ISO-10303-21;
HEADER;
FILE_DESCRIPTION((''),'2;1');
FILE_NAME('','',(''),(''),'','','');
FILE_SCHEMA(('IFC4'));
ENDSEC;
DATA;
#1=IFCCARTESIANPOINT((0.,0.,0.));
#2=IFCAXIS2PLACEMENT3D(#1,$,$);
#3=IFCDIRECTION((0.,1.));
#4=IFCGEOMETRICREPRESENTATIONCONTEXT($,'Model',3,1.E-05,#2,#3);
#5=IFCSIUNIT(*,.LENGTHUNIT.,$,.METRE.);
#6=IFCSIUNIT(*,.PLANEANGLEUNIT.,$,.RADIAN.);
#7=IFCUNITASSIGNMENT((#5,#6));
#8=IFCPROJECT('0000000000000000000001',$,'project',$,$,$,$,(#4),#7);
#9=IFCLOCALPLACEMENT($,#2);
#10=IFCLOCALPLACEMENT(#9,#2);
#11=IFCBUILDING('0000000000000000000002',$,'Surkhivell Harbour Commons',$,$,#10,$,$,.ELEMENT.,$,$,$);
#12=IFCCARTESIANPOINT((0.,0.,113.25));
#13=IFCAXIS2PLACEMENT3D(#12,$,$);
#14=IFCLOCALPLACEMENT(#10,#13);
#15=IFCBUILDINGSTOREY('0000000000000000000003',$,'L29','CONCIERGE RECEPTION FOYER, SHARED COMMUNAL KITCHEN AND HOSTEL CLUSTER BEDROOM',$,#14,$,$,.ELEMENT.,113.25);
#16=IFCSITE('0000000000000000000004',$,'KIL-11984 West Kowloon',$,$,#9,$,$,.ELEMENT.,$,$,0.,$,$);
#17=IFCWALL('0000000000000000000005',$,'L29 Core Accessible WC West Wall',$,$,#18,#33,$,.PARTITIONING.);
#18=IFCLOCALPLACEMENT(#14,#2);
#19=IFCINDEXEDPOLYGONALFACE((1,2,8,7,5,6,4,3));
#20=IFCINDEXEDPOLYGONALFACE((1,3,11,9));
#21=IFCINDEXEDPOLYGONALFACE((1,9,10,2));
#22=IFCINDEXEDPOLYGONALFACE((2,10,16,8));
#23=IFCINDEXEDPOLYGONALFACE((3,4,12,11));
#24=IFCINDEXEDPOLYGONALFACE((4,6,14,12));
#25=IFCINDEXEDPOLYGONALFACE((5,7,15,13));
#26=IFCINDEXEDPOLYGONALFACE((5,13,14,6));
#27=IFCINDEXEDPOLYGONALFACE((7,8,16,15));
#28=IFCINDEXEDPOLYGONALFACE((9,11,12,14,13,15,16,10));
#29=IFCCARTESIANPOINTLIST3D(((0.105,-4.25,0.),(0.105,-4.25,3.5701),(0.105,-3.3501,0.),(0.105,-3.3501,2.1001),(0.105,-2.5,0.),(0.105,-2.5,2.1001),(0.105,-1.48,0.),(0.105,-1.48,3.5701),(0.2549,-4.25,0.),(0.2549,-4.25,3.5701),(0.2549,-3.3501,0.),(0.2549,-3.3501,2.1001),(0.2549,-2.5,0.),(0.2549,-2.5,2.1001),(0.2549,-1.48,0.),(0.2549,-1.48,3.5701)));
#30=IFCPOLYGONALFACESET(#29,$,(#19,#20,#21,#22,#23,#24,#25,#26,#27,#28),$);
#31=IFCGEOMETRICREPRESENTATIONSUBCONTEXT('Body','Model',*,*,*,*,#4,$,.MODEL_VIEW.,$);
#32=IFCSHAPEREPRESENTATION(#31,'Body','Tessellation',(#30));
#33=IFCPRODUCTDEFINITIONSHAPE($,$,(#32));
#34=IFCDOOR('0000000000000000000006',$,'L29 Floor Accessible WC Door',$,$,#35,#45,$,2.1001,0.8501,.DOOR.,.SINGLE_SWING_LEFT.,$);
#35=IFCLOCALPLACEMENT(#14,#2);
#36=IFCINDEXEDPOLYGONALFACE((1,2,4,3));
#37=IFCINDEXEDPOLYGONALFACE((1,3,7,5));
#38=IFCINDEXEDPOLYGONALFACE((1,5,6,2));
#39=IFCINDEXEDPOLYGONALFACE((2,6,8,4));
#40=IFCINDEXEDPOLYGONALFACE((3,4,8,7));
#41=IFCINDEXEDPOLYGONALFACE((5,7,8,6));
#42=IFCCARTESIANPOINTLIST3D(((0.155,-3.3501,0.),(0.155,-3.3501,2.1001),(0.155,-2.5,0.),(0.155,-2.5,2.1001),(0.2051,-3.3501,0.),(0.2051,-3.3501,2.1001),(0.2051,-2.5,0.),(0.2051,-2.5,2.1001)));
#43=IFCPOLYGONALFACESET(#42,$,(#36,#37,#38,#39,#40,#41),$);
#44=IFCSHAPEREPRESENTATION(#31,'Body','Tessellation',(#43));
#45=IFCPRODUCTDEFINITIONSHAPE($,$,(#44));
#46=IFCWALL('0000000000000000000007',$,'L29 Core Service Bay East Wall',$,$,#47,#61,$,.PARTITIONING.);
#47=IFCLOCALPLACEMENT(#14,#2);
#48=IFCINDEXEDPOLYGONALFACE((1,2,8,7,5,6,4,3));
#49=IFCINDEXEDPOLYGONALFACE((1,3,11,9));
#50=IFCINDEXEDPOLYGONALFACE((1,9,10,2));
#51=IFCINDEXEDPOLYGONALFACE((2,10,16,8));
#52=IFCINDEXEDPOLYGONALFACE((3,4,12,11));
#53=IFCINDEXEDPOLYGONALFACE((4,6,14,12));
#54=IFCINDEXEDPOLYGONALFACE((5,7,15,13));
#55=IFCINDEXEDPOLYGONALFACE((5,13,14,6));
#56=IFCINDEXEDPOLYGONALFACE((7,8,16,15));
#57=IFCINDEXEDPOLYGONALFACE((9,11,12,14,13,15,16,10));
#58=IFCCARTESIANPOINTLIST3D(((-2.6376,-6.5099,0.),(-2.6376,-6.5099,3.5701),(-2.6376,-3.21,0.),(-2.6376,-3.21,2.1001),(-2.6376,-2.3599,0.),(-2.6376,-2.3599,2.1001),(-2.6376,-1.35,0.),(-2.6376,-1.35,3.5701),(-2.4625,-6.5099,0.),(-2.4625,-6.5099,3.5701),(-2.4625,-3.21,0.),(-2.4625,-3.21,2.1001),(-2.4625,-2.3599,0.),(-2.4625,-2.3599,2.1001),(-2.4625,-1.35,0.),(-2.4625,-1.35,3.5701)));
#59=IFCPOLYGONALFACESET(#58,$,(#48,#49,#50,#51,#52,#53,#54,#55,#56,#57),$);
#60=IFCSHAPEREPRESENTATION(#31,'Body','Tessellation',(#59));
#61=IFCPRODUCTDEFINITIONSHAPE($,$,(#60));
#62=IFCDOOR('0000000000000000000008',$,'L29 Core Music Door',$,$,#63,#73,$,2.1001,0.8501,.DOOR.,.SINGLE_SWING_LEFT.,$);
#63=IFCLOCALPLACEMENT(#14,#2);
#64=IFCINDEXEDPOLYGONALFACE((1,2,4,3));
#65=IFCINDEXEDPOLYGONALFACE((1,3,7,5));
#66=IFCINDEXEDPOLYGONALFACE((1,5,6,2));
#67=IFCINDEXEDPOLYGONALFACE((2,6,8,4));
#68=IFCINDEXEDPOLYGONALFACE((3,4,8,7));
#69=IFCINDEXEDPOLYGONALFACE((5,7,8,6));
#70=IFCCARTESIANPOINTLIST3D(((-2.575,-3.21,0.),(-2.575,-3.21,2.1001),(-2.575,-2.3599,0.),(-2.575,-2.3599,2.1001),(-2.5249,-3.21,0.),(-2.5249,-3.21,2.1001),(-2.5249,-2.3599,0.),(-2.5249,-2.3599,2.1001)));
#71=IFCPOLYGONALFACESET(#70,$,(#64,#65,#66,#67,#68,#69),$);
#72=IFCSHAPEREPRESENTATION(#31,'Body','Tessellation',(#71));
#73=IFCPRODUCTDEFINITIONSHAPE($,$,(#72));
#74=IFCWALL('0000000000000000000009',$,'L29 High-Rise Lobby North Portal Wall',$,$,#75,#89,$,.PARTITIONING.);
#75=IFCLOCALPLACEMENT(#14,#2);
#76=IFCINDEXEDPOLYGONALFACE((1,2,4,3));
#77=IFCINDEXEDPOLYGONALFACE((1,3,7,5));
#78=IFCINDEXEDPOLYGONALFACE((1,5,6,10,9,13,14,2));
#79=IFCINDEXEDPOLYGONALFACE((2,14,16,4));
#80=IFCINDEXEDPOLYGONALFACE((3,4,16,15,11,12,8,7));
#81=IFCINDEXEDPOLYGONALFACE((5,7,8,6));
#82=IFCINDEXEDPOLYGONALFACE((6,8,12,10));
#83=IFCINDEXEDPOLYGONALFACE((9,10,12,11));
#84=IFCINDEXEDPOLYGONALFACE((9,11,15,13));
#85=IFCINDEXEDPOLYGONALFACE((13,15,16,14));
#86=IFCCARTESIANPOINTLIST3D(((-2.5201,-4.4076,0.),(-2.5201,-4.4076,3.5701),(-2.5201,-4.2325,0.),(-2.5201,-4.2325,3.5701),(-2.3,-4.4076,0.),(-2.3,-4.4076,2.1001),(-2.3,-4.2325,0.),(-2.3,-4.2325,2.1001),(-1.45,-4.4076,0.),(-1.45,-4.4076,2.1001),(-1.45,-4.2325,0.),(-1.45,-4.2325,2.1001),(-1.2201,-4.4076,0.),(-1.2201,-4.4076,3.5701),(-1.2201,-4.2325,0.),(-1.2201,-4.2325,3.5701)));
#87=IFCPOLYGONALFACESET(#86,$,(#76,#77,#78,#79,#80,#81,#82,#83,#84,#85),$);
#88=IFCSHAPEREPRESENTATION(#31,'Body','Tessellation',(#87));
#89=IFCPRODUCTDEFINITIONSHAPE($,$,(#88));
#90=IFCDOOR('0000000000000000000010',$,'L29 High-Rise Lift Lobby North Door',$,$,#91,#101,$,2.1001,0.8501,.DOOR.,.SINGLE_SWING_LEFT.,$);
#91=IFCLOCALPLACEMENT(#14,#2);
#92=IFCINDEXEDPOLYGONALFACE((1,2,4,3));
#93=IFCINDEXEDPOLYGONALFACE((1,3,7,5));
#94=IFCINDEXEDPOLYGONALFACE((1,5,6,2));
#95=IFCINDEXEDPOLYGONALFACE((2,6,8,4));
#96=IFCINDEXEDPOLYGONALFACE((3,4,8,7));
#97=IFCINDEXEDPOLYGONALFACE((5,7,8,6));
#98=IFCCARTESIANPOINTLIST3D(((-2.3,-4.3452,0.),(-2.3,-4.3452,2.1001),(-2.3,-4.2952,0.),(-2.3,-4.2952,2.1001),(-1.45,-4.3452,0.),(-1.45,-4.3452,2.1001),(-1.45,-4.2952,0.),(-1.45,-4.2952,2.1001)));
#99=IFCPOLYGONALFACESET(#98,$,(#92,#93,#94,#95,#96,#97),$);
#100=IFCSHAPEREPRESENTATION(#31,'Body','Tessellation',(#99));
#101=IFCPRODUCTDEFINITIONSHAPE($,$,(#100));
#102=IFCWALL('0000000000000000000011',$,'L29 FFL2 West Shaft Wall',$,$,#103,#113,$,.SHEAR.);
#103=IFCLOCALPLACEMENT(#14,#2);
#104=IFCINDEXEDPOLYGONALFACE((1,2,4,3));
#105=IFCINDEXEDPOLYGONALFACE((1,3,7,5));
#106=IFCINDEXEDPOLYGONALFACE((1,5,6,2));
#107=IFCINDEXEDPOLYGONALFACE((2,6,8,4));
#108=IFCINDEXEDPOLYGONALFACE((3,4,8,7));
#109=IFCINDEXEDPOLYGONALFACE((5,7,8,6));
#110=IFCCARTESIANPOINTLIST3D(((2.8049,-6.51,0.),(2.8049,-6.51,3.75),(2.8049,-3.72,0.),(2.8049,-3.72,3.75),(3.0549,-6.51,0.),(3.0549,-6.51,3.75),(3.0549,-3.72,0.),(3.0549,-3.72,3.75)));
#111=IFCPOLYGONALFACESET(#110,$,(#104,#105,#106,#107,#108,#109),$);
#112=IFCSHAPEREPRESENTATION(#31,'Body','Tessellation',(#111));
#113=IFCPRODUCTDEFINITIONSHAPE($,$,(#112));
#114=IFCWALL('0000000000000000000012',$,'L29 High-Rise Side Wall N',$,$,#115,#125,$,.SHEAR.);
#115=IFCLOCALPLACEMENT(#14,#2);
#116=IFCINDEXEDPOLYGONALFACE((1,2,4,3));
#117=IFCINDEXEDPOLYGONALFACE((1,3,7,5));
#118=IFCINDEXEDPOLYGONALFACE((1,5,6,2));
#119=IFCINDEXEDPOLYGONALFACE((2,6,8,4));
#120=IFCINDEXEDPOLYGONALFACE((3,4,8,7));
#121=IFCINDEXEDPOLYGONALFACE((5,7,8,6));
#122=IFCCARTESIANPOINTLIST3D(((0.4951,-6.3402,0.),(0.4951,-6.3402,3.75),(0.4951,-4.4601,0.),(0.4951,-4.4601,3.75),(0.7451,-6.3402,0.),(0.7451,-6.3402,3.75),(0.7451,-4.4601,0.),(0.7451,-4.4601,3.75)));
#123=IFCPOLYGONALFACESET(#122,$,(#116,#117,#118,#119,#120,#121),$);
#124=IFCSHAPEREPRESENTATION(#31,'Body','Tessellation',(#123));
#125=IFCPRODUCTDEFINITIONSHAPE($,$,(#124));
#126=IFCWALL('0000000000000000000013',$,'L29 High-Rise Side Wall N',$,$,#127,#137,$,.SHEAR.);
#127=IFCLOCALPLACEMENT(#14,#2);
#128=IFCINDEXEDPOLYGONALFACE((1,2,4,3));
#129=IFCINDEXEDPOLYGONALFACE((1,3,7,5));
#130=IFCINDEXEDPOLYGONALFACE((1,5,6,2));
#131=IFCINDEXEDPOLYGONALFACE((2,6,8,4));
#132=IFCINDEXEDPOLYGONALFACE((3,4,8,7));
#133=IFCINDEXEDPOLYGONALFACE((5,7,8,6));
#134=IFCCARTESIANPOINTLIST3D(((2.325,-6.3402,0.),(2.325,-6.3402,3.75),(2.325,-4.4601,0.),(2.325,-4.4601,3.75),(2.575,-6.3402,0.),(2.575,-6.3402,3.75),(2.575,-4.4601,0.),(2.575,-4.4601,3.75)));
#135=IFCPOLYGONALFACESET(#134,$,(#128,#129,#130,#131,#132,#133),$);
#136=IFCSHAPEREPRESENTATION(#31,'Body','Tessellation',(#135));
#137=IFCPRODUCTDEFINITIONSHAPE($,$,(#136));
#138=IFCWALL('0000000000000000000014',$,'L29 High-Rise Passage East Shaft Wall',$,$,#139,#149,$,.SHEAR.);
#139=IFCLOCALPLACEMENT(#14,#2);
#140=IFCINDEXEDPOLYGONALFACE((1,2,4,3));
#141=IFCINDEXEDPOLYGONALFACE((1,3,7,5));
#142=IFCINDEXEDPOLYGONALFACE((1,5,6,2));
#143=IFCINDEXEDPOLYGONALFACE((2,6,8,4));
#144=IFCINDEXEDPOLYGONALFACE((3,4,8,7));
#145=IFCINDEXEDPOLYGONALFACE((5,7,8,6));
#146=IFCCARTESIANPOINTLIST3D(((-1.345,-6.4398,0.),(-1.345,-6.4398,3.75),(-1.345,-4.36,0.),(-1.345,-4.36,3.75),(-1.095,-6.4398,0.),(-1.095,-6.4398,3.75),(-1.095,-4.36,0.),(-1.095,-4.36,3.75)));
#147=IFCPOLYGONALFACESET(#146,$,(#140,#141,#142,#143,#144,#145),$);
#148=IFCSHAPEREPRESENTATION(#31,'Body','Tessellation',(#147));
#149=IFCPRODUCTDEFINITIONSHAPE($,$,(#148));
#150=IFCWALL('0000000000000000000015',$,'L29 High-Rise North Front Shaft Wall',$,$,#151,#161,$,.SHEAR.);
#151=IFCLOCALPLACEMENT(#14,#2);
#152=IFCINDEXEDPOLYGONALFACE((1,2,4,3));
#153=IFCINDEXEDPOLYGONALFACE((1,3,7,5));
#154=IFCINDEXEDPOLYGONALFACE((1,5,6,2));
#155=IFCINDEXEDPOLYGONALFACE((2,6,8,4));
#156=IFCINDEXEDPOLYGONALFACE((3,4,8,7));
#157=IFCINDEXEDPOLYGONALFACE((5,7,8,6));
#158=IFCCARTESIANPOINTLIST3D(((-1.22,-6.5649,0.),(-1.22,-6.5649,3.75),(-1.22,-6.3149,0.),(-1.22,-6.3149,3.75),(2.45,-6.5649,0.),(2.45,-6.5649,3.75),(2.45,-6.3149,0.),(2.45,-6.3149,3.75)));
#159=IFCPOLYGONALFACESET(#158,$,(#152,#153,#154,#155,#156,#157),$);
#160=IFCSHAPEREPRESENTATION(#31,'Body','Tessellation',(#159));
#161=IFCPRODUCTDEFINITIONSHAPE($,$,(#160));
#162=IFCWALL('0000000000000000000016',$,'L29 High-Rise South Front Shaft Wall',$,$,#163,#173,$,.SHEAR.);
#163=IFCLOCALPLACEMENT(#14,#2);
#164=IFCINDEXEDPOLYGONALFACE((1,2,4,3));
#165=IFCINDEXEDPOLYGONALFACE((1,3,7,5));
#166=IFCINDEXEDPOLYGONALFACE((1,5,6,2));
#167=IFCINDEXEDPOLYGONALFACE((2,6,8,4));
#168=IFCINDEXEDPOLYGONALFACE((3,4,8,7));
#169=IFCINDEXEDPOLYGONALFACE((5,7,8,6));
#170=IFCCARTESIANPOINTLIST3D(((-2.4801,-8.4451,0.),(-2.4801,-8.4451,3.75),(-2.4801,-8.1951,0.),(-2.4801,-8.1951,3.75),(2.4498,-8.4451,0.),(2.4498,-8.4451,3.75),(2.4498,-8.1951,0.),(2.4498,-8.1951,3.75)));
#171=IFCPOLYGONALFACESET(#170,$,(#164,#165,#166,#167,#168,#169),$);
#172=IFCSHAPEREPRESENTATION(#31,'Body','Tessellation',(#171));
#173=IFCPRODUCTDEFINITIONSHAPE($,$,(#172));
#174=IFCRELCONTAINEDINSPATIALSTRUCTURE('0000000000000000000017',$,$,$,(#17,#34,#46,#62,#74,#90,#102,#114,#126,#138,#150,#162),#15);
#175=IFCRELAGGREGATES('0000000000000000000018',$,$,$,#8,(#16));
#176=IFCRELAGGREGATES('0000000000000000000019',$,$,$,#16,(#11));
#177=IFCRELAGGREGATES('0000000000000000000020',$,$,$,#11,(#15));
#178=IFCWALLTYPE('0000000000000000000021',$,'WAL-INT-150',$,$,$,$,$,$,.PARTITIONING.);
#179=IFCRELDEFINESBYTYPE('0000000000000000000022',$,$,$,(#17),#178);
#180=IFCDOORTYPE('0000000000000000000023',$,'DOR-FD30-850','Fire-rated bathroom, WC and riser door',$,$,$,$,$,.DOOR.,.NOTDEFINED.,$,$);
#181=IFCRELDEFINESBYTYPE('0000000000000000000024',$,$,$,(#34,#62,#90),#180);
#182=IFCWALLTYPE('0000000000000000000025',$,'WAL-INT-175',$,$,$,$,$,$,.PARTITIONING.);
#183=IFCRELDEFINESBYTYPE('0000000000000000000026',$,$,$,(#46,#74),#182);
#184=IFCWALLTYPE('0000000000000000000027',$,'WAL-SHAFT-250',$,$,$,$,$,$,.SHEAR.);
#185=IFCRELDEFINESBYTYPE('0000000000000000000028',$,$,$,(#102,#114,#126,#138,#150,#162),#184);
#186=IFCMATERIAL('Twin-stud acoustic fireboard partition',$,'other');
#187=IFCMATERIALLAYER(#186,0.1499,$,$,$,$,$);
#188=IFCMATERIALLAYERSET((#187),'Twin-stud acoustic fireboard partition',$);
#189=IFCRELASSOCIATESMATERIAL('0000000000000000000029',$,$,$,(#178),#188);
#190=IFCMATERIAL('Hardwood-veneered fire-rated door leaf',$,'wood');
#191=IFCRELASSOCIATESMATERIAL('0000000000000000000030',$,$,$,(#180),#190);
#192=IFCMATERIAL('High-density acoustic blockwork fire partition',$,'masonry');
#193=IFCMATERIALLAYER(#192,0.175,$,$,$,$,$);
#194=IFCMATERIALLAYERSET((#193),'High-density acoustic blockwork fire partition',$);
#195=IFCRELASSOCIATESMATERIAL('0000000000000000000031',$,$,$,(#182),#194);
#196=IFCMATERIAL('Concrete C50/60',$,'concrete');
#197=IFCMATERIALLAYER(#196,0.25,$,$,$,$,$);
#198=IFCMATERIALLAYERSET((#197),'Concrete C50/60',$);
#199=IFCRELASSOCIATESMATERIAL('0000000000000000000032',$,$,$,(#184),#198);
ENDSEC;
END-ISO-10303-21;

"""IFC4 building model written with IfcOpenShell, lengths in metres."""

from ifc_helpers import new_model, si_unit, direction, frame, frame_2d, origin, place, context, subcontext, project, spatial, rectangle, extrude, material, layer, layer_set, type_object, element, fill, save


model = new_model("IFC4")

# Units and contexts
model_context = context("Model", 3, precision=1e-05, world=origin(), true_north=direction((0.0, 1.0)))
body_context = subcontext(model_context, "Body", "Model", "MODEL_VIEW")
ifc_project = project(units=[si_unit("LENGTHUNIT", "METRE"), si_unit("PLANEANGLEUNIT", "RADIAN")], contexts=[model_context])

# Site, building, storey
site_placement = place(None, origin())
site = spatial("IfcSite", under=ifc_project, at=site_placement, Name="KIL-11984 West Kowloon", CompositionType="ELEMENT", RefElevation=0.0)
building_placement = place(site_placement, origin())
building = spatial("IfcBuilding", under=site, at=building_placement, Name="Surkhivell Harbour Commons", CompositionType="ELEMENT")
storey_placement = place(building_placement, frame((0.0, 0.0, 113.25)))
storey = spatial("IfcBuildingStorey", under=building, at=storey_placement, Name="L29", Description="CONCIERGE RECEPTION FOYER, SHARED COMMUNAL KITCHEN AND HOSTEL CLUSTER BEDROOM", CompositionType="ELEMENT", Elevation=113.25)

# Shared definitions
ifc_material_1 = material(Name="Twin-stud acoustic fireboard partition", Category="other")
ifc_layer_1 = layer(ifc_material_1, 0.1499)
ifc_layer_set_1 = layer_set([ifc_layer_1], Name="Twin-stud acoustic fireboard partition")
wall_type_1 = type_object("IfcWallType", Name="WAL-INT-150", PredefinedType="PARTITIONING", material=ifc_layer_set_1)

# Walls, openings, doors
wall_1_placement = place(storey_placement, frame((0.1799, -4.25, 0.0), z_axis=(0.0, 0.0, 1.0), x_axis=(0.0, 1.0, 0.0)))
wall_1 = element("IfcWall", 1, at=wall_1_placement, inside=storey, type_object=wall_type_1, Name="L29 Core Accessible WC West Wall", PredefinedType="PARTITIONING", context=body_context, shape_type="SweptSolid", body=[
    extrude(rectangle(XDim=2.77, YDim=0.1499, at=frame_2d((1.385, 0.0))), origin(), (0.0, 0.0, 1.0), 3.5701),
])
opening_1_placement = place(wall_1_placement, frame((0.8999, 0.0, 0.0)))
opening_1 = element("IfcOpeningElement", 2, at=opening_1_placement, cuts=wall_1, PredefinedType="OPENING", context=body_context, shape_type="SweptSolid", body=[
    extrude(rectangle(XDim=0.8501, YDim=2.1001, at=frame_2d((0.425, 1.05))), frame((0.0, 0.085, 0.0), z_axis=(0.0, -1.0, 0.0), x_axis=(1.0, 0.0, 0.0)), (0.0, 0.0, 1.0), 0.1699),
])
ifc_material_2 = material(Name="Hardwood-veneered fire-rated door leaf", Category="wood")
door_type_1 = type_object("IfcDoorType", Name="DOR-FD30-850", Description="Fire-rated bathroom, WC and riser door", OperationType="NOTDEFINED", PredefinedType="DOOR", material=ifc_material_2)
door_1_placement = place(opening_1_placement, origin())
door_1 = element("IfcDoor", 3, at=door_1_placement, inside=storey, type_object=door_type_1, Name="L29 Floor Accessible WC Door", OperationType="SINGLE_SWING_LEFT", OverallHeight=2.1001, OverallWidth=0.8501, PredefinedType="DOOR", context=body_context, shape_type="SweptSolid", body=[
    extrude(rectangle(XDim=0.8501, YDim=2.1001, at=frame_2d((0.425, 1.05))), frame((0.0, 0.0249, 0.0), z_axis=(0.0, -1.0, 0.0), x_axis=(1.0, 0.0, 0.0)), (0.0, 0.0, 1.0), 0.05),
])
fill(opening_1, door_1)
ifc_material_3 = material(Name="High-density acoustic blockwork fire partition", Category="masonry")
ifc_layer_2 = layer(ifc_material_3, 0.175)
ifc_layer_set_2 = layer_set([ifc_layer_2], Name="High-density acoustic blockwork fire partition")
wall_type_2 = type_object("IfcWallType", Name="WAL-INT-175", PredefinedType="PARTITIONING", material=ifc_layer_set_2)
wall_2_placement = place(storey_placement, frame((-2.55, -6.51, 0.0), z_axis=(0.0, 0.0, 1.0), x_axis=(0.0, 1.0, 0.0)))
wall_2 = element("IfcWall", 4, at=wall_2_placement, inside=storey, type_object=wall_type_2, Name="L29 Core Service Bay East Wall", PredefinedType="PARTITIONING", context=body_context, shape_type="SweptSolid", body=[
    extrude(rectangle(XDim=5.1599, YDim=0.175, at=frame_2d((2.5801, 0.0))), origin(), (0.0, 0.0, 1.0), 3.5701),
])
opening_2_placement = place(wall_2_placement, frame((3.3, 0.0, 0.0)))
opening_2 = element("IfcOpeningElement", 5, at=opening_2_placement, cuts=wall_2, PredefinedType="OPENING", context=body_context, shape_type="SweptSolid", body=[
    extrude(rectangle(XDim=0.8501, YDim=2.1001, at=frame_2d((0.425, 1.05))), frame((0.0, 0.0974, 0.0), z_axis=(0.0, -1.0, 0.0), x_axis=(1.0, 0.0, 0.0)), (0.0, 0.0, 1.0), 0.1951),
])
door_2_placement = place(opening_2_placement, origin())
door_2 = element("IfcDoor", 6, at=door_2_placement, inside=storey, type_object=door_type_1, Name="L29 Core Music Door", OperationType="SINGLE_SWING_LEFT", OverallHeight=2.1001, OverallWidth=0.8501, PredefinedType="DOOR", context=body_context, shape_type="SweptSolid", body=[
    extrude(rectangle(XDim=0.8501, YDim=2.1001, at=frame_2d((0.425, 1.05))), frame((0.0, 0.0249, 0.0), z_axis=(0.0, -1.0, 0.0), x_axis=(1.0, 0.0, 0.0)), (0.0, 0.0, 1.0), 0.05),
])
fill(opening_2, door_2)
wall_3_placement = place(storey_placement, frame((-2.52, -4.3201, 0.0), z_axis=(0.0, 0.0, 1.0), x_axis=(1.0, 0.0, 0.0)))
wall_3 = element("IfcWall", 7, at=wall_3_placement, inside=storey, type_object=wall_type_2, Name="L29 High-Rise Lobby North Portal Wall", PredefinedType="PARTITIONING", context=body_context, shape_type="SweptSolid", body=[
    extrude(rectangle(XDim=1.3, YDim=0.175, at=frame_2d((0.6499, 0.0))), origin(), (0.0, 0.0, 1.0), 3.5701),
])
opening_3_placement = place(wall_3_placement, frame((0.22, 0.0, 0.0)))
opening_3 = element("IfcOpeningElement", 8, at=opening_3_placement, cuts=wall_3, PredefinedType="OPENING", context=body_context, shape_type="SweptSolid", body=[
    extrude(rectangle(XDim=0.8501, YDim=2.1001, at=frame_2d((0.425, 1.05))), frame((0.0, 0.0974, 0.0), z_axis=(0.0, -1.0, 0.0), x_axis=(1.0, 0.0, 0.0)), (0.0, 0.0, 1.0), 0.1951),
])
door_3_placement = place(opening_3_placement, origin())
door_3 = element("IfcDoor", 9, at=door_3_placement, inside=storey, type_object=door_type_1, Name="L29 High-Rise Lift Lobby North Door", OperationType="SINGLE_SWING_LEFT", OverallHeight=2.1001, OverallWidth=0.8501, PredefinedType="DOOR", context=body_context, shape_type="SweptSolid", body=[
    extrude(rectangle(XDim=0.8501, YDim=2.1001, at=frame_2d((0.425, 1.05))), frame((0.0, 0.0249, 0.0), z_axis=(0.0, -1.0, 0.0), x_axis=(1.0, 0.0, 0.0)), (0.0, 0.0, 1.0), 0.05),
])
fill(opening_3, door_3)

# Walls
ifc_material_4 = material(Name="Concrete C50/60", Category="concrete")
ifc_layer_3 = layer(ifc_material_4, 0.25)
ifc_layer_set_3 = layer_set([ifc_layer_3], Name="Concrete C50/60")
wall_type_3 = type_object("IfcWallType", Name="WAL-SHAFT-250", PredefinedType="SHEAR", material=ifc_layer_set_3)
wall_4_placement = place(storey_placement, frame((2.9299, -6.51, 0.0), z_axis=(0.0, 0.0, 1.0), x_axis=(0.0, 1.0, 0.0)))
element("IfcWall", 10, at=wall_4_placement, inside=storey, type_object=wall_type_3, Name="L29 FFL2 West Shaft Wall", PredefinedType="SHEAR", context=body_context, shape_type="SweptSolid", body=[
    extrude(rectangle(XDim=2.79, YDim=0.25, at=frame_2d((1.395, 0.0))), origin(), (0.0, 0.0, 1.0), 3.75),
])
for number, where, z_axis, x_axis, name in (
    (11, (0.6201, -6.3401, 0.0), (0.0, 0.0, 1.0), (0.0, 1.0, 0.0), "L29 High-Rise Side Wall N"),
    (12, (2.45, -6.3401, 0.0), (0.0, 0.0, 1.0), (0.0, 1.0, 0.0), "L29 High-Rise Side Wall N"),
):
    element("IfcWall", number, at=place(storey_placement, frame(where, z_axis=z_axis, x_axis=x_axis)), inside=storey, type_object=wall_type_3, Name=name, PredefinedType="SHEAR", context=body_context, shape_type="SweptSolid", body=[
        extrude(rectangle(XDim=1.8801, YDim=0.25, at=frame_2d((0.9399, 0.0))), origin(), (0.0, 0.0, 1.0), 3.75),
    ])
wall_5_placement = place(storey_placement, frame((-1.22, -6.4399, 0.0), z_axis=(0.0, 0.0, 1.0), x_axis=(0.0, 1.0, 0.0)))
element("IfcWall", 13, at=wall_5_placement, inside=storey, type_object=wall_type_3, Name="L29 High-Rise Passage East Shaft Wall", PredefinedType="SHEAR", context=body_context, shape_type="SweptSolid", body=[
    extrude(rectangle(XDim=2.0798, YDim=0.25, at=frame_2d((1.04, 0.0))), origin(), (0.0, 0.0, 1.0), 3.75),
])
wall_6_placement = place(storey_placement, frame((-1.22, -6.4399, 0.0), z_axis=(0.0, 0.0, 1.0), x_axis=(1.0, 0.0, 0.0)))
element("IfcWall", 14, at=wall_6_placement, inside=storey, type_object=wall_type_3, Name="L29 High-Rise North Front Shaft Wall", PredefinedType="SHEAR", context=body_context, shape_type="SweptSolid", body=[
    extrude(rectangle(XDim=3.6699, YDim=0.25, at=frame_2d((1.835, 0.0))), origin(), (0.0, 0.0, 1.0), 3.75),
])
wall_7_placement = place(storey_placement, frame((-2.48, -8.3201, 0.0), z_axis=(0.0, 0.0, 1.0), x_axis=(1.0, 0.0, 0.0)))
element("IfcWall", 15, at=wall_7_placement, inside=storey, type_object=wall_type_3, Name="L29 High-Rise South Front Shaft Wall", PredefinedType="SHEAR", context=body_context, shape_type="SweptSolid", body=[
    extrude(rectangle(XDim=4.9299, YDim=0.25, at=frame_2d((2.4648, 0.0))), origin(), (0.0, 0.0, 1.0), 3.75),
])

save(model, "model.ifc")
